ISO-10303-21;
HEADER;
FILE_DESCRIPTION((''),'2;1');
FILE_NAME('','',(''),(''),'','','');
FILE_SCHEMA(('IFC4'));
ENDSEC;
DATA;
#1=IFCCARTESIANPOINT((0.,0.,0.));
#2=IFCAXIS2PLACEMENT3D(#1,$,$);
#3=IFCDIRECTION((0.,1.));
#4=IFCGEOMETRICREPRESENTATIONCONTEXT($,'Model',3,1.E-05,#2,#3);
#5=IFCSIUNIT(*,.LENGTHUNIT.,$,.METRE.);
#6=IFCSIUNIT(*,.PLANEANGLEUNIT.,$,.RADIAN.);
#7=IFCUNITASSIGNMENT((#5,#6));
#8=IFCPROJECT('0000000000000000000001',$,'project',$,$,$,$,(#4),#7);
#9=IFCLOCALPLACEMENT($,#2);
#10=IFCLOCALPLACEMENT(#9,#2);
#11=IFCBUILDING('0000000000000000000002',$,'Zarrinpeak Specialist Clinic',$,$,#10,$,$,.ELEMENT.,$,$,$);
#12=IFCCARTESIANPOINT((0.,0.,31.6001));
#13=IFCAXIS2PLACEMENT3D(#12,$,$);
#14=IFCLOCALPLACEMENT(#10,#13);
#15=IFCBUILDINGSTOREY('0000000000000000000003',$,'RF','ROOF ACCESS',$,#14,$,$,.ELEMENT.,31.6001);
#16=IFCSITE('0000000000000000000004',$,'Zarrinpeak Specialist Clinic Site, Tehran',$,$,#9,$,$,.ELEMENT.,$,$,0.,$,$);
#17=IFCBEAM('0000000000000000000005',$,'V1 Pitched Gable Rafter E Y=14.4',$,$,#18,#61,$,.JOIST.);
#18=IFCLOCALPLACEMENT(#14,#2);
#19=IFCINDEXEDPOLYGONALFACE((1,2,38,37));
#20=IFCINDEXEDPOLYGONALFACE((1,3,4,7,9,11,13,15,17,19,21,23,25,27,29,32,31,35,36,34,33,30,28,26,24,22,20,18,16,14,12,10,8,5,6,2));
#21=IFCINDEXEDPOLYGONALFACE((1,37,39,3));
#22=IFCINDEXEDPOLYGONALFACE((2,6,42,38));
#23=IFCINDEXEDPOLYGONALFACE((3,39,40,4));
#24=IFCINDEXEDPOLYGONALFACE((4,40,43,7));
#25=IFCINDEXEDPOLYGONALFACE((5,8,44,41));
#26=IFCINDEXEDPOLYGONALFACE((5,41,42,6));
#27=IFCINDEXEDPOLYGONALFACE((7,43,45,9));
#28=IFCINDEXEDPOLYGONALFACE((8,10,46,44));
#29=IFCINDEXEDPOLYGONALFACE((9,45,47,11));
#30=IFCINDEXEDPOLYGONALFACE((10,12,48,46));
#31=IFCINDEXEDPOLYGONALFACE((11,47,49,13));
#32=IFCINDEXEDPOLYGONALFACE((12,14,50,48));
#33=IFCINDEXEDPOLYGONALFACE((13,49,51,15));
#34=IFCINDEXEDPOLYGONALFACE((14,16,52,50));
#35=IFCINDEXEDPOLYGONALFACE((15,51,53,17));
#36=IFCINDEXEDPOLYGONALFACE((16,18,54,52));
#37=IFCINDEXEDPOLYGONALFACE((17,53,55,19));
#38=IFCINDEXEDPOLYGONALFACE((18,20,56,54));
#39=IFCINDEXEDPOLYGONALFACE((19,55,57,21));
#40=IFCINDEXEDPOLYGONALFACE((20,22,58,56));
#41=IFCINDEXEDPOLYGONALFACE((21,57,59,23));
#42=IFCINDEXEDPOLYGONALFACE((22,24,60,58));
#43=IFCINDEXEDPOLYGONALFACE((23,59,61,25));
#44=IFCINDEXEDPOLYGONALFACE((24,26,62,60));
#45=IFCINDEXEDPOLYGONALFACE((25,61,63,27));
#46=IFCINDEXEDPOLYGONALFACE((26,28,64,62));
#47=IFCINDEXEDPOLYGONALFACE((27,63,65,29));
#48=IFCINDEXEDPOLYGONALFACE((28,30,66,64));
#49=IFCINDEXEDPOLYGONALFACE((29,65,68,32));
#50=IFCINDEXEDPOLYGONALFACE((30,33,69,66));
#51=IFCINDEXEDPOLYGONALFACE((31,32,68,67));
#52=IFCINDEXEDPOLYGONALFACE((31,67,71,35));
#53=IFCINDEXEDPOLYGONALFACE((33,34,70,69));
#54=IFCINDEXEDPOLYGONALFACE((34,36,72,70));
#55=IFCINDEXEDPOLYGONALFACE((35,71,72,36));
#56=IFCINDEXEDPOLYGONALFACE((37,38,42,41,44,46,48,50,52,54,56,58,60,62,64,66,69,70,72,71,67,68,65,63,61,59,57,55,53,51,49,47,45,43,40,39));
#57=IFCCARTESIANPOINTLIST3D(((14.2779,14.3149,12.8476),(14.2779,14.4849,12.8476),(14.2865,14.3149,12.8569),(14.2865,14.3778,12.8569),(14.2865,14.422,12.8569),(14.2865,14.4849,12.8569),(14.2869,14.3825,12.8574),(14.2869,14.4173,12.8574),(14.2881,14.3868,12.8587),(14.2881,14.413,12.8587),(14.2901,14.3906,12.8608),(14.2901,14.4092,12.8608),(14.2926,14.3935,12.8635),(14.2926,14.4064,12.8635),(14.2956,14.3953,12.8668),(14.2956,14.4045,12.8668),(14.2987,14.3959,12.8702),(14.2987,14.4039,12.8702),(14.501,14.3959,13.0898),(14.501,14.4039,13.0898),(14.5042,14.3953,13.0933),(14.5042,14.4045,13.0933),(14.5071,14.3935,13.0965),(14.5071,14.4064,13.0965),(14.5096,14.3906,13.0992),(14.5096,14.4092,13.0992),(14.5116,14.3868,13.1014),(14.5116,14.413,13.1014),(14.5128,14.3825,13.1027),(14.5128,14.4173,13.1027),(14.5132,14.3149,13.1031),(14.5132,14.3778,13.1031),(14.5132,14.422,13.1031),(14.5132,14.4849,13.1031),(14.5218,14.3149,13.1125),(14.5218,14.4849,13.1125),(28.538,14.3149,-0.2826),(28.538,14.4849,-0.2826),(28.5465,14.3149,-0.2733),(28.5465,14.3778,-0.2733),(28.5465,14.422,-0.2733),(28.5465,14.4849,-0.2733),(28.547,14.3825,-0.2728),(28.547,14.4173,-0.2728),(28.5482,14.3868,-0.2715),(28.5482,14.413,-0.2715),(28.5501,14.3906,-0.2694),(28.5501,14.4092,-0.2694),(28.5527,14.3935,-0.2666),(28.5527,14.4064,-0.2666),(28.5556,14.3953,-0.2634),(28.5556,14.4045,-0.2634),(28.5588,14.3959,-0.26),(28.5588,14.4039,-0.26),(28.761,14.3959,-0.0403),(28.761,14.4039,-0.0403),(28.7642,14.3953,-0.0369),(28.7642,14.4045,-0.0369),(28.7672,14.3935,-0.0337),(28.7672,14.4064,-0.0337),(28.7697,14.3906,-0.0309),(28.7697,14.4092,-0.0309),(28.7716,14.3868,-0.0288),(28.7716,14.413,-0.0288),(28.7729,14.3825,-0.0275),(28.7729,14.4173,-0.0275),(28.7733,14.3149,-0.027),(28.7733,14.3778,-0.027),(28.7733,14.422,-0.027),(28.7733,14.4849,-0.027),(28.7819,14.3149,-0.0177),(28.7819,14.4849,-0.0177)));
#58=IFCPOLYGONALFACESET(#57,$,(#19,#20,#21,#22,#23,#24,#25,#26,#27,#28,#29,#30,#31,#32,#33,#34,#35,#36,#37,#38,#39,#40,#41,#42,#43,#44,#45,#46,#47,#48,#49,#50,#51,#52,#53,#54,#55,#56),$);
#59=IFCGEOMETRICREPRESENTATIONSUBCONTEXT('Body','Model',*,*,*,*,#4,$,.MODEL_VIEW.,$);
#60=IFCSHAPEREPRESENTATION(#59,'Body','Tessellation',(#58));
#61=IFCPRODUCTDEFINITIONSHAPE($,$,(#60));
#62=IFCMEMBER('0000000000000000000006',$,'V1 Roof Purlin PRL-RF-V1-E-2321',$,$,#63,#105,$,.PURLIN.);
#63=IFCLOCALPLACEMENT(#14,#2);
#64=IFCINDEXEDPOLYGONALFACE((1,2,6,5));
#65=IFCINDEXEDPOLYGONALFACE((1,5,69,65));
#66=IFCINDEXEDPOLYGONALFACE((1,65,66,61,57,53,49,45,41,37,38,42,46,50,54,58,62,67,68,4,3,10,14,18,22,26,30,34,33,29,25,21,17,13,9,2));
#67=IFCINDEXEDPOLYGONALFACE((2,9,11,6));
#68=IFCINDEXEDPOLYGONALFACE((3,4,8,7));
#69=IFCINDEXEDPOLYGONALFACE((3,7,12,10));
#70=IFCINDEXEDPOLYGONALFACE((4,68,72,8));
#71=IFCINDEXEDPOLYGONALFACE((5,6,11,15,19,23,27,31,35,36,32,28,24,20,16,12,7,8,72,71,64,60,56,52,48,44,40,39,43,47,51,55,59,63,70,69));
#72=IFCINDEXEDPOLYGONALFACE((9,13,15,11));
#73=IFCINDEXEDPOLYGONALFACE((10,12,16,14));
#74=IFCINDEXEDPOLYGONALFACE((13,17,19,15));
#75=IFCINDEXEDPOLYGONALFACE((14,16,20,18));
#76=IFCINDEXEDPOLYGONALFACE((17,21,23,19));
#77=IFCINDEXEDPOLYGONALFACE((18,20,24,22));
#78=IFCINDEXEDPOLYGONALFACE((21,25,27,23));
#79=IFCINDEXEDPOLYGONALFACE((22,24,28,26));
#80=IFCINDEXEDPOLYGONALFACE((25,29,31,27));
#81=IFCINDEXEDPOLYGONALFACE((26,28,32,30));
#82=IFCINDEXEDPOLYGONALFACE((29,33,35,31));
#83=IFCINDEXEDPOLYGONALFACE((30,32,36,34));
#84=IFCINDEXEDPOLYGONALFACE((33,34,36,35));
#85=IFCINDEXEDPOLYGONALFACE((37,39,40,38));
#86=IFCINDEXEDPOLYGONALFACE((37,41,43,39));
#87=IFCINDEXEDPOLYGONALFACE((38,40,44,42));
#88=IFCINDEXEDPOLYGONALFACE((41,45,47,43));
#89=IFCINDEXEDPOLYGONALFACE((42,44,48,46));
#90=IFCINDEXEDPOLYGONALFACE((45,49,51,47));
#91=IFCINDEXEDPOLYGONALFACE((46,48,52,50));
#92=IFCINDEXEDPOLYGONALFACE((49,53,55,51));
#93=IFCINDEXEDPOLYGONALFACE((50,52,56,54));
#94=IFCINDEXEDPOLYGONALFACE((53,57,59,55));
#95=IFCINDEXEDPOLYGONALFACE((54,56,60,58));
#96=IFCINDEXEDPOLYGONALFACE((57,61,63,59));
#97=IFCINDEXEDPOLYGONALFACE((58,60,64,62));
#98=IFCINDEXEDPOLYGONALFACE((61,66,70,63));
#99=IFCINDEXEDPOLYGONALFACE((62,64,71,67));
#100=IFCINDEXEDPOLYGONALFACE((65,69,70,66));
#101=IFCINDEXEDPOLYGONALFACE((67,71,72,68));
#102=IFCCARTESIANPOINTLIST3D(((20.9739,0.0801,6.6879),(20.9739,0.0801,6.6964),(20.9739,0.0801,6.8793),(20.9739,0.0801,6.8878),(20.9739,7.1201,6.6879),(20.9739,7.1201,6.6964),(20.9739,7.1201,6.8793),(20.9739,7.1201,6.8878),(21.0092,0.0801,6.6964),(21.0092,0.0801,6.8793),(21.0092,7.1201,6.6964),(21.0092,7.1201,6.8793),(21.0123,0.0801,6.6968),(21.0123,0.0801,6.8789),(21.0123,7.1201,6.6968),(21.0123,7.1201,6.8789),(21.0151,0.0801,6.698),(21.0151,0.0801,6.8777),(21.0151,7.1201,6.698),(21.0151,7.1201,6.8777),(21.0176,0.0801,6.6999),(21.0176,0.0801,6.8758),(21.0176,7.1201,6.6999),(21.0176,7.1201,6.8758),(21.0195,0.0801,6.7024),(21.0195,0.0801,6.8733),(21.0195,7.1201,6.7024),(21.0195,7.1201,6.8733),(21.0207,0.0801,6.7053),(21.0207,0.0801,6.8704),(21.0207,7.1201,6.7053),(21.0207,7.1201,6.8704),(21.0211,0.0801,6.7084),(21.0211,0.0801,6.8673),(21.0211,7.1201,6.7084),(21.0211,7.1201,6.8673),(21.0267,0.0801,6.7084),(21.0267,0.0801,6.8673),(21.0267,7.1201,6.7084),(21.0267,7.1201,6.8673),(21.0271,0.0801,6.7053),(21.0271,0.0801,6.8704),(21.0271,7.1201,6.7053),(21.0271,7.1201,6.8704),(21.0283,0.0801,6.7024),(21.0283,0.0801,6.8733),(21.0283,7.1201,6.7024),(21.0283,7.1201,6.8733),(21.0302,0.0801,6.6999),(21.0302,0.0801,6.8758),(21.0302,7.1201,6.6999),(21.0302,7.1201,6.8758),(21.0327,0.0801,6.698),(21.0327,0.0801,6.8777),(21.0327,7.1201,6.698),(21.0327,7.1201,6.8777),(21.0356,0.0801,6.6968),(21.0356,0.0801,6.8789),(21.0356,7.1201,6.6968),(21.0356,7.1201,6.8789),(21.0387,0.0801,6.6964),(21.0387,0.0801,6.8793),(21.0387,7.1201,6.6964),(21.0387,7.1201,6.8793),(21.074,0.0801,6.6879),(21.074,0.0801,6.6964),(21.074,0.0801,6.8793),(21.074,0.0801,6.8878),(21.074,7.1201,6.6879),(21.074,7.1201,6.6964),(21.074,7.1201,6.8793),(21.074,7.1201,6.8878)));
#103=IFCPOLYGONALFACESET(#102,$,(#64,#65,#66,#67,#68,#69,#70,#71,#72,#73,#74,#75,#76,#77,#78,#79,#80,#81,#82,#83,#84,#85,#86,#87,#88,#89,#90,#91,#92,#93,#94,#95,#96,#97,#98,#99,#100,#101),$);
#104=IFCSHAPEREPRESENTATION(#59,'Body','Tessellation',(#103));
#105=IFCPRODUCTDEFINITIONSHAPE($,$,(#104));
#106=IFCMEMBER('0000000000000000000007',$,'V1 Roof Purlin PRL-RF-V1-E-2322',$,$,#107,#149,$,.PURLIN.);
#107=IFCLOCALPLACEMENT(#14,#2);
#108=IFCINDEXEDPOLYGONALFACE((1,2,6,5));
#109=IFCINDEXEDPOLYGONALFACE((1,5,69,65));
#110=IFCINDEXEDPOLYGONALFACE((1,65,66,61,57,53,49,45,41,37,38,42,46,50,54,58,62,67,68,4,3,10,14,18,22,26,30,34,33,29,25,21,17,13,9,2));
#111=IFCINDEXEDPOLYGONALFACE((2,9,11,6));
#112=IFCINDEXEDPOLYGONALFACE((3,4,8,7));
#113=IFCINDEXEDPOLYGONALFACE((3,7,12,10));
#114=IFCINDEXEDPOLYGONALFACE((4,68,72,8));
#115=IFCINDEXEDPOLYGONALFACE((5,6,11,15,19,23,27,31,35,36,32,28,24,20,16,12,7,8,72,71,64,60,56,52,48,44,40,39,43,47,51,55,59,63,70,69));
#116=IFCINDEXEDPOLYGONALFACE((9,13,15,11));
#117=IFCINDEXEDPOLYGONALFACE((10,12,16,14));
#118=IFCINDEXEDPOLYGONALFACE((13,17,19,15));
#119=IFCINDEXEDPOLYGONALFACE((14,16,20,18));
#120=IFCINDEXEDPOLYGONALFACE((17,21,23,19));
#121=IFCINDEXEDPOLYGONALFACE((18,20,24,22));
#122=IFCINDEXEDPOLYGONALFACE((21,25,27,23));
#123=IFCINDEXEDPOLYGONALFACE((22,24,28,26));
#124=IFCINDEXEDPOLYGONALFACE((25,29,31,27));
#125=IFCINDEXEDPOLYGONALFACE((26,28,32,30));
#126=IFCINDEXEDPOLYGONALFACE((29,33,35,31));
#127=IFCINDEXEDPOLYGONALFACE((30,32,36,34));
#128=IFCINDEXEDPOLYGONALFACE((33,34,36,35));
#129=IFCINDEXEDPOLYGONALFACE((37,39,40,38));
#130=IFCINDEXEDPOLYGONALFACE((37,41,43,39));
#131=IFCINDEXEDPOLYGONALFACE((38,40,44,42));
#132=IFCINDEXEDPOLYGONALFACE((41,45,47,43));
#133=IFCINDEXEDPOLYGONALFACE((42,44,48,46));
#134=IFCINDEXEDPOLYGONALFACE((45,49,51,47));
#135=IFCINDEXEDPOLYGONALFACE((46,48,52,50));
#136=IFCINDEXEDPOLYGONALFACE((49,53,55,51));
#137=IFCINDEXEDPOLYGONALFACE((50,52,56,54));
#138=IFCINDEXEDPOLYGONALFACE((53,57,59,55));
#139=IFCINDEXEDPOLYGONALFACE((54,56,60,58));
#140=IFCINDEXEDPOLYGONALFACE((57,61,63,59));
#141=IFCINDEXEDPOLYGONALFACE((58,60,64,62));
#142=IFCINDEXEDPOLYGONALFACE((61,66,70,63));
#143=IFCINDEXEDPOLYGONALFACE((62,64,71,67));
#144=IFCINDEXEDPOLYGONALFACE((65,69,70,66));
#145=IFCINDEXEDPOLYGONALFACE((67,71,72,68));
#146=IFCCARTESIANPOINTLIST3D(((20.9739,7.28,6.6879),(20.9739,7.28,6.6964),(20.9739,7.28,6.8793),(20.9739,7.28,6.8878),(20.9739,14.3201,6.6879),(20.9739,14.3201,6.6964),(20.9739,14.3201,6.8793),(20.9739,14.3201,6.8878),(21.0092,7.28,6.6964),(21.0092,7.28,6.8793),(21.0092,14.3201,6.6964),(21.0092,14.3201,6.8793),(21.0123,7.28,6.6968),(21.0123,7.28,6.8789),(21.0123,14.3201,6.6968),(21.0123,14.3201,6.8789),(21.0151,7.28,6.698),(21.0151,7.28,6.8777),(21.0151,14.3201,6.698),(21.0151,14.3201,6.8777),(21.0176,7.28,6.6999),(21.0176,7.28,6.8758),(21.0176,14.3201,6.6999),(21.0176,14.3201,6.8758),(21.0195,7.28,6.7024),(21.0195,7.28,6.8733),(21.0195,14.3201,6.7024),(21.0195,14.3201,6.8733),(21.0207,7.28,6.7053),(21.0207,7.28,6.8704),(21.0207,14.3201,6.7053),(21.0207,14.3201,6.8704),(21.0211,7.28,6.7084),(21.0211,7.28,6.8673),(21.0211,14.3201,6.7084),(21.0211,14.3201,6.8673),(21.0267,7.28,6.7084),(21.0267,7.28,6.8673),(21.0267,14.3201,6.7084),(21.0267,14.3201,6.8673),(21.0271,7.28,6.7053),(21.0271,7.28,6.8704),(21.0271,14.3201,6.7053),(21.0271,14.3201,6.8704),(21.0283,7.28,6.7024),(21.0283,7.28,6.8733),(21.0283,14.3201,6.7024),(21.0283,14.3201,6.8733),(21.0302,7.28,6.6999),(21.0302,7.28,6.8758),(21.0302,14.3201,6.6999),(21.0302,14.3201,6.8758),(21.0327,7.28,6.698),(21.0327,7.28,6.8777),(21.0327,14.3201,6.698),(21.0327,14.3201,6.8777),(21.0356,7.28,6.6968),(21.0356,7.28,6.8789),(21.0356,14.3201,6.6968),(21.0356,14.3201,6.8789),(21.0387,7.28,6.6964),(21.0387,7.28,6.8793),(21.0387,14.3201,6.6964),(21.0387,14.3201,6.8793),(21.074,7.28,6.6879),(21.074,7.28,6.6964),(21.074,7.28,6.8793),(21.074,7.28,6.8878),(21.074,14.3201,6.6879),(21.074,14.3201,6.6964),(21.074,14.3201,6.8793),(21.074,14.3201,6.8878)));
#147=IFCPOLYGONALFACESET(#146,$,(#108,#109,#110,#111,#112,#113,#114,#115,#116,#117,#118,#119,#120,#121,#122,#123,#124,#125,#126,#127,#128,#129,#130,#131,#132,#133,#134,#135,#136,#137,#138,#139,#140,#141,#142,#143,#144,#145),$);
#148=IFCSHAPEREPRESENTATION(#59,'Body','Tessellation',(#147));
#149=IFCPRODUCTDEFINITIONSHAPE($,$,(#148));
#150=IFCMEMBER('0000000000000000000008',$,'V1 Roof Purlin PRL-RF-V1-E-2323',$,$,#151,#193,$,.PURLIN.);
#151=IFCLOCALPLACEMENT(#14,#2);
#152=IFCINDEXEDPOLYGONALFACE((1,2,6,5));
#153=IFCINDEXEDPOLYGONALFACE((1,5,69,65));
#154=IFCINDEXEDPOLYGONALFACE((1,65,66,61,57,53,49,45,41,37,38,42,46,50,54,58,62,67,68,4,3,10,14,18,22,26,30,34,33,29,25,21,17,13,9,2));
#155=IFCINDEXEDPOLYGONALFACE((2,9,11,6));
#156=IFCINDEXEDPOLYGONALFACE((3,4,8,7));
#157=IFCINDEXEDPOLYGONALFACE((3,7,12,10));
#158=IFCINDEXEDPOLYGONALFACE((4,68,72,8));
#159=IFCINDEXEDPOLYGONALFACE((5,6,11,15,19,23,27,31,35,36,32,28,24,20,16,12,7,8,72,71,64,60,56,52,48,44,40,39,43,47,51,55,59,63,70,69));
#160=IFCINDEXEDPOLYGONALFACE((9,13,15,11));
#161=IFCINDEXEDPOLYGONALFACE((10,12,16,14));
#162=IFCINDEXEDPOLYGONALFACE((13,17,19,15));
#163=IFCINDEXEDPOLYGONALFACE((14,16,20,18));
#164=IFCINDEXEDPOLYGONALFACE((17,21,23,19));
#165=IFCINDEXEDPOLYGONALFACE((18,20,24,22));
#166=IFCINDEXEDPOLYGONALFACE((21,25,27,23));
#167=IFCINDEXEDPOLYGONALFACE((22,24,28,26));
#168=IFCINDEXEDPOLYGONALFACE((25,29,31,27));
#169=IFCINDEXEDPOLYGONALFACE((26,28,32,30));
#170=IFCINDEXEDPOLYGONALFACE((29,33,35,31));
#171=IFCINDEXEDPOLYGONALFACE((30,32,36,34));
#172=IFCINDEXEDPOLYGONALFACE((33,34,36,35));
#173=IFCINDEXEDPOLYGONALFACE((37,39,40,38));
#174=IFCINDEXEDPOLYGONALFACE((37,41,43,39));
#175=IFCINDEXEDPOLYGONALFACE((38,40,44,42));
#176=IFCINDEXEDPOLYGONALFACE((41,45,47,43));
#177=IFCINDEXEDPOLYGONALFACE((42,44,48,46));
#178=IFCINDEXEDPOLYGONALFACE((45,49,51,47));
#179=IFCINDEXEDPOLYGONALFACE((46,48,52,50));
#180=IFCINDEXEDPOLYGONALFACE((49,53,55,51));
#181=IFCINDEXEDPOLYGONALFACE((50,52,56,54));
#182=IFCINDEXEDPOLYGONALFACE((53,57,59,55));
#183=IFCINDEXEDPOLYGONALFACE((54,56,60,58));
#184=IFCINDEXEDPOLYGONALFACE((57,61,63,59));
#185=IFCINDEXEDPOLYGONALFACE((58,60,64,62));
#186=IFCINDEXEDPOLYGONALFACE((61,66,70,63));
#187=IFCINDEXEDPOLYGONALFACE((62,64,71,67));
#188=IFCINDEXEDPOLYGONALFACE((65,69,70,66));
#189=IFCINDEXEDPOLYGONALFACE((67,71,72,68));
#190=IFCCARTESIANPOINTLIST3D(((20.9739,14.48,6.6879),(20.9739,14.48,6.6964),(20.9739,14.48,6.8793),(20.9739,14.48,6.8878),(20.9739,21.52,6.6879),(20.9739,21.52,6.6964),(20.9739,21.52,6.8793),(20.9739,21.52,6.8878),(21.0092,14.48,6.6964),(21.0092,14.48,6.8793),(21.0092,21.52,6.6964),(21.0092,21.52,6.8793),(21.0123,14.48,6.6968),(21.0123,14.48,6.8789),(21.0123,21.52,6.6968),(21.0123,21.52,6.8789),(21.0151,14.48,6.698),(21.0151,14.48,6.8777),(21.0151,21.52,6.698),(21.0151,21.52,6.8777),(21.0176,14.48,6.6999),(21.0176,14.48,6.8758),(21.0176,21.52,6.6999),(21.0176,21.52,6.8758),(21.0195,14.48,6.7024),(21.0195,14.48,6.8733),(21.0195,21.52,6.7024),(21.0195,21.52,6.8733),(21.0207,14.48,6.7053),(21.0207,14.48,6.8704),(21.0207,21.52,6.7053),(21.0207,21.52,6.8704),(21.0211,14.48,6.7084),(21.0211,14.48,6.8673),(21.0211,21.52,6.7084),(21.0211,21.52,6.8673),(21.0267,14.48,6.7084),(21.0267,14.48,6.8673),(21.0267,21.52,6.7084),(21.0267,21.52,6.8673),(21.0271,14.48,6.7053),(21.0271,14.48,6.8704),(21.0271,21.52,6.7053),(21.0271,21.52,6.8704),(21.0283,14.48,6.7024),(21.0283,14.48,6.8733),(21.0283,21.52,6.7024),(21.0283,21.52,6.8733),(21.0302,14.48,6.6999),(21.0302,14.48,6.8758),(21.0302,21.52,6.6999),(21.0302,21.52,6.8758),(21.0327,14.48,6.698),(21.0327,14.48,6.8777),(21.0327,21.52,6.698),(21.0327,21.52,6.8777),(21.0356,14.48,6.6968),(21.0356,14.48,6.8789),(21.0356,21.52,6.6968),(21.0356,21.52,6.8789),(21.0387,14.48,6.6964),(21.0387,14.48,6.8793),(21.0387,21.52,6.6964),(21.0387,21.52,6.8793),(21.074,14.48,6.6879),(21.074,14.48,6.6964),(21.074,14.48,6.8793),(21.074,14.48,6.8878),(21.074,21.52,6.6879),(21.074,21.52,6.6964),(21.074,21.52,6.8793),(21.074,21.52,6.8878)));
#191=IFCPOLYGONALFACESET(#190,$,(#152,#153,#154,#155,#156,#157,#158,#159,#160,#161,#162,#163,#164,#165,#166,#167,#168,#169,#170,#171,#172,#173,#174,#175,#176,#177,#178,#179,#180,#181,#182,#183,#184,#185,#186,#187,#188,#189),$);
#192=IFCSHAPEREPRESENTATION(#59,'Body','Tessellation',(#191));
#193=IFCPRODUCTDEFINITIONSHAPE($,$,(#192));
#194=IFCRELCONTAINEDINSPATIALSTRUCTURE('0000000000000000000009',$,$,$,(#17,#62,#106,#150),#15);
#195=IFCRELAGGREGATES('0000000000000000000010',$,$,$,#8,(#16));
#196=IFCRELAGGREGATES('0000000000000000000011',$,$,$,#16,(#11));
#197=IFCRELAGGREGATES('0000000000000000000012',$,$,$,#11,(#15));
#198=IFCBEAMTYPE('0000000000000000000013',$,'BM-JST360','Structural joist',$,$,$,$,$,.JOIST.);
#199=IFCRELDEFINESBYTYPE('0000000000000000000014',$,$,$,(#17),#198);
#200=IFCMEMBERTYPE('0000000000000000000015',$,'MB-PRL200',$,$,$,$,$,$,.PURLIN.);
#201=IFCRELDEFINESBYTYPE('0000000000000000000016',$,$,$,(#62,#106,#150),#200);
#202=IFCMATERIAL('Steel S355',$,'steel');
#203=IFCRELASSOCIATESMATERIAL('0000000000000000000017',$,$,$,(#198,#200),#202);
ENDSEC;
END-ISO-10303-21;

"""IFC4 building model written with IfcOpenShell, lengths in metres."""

from ifc_helpers import new_model, si_unit, direction, frame, origin, origin_2d, place, context, subcontext, project, spatial, i_section, extrude, material, material_profile, profile_set, type_object, element, save


model = new_model("IFC4")

# Units and contexts
model_context = context("Model", 3, precision=1e-05, world=origin(), true_north=direction((0.0, 1.0)))
body_context = subcontext(model_context, "Body", "Model", "MODEL_VIEW")
ifc_project = project(units=[si_unit("LENGTHUNIT", "METRE"), si_unit("PLANEANGLEUNIT", "RADIAN")], contexts=[model_context])

# Site, building, storey
site_placement = place(None, origin())
site = spatial("IfcSite", under=ifc_project, at=site_placement, Name="Zarrinpeak Specialist Clinic Site, Tehran", CompositionType="ELEMENT", RefElevation=0.0)
building_placement = place(site_placement, origin())
building = spatial("IfcBuilding", under=site, at=building_placement, Name="Zarrinpeak Specialist Clinic", CompositionType="ELEMENT")
storey_placement = place(building_placement, frame((0.0, 0.0, 31.6001)))
storey = spatial("IfcBuildingStorey", under=building, at=storey_placement, Name="RF", Description="ROOF ACCESS", CompositionType="ELEMENT", Elevation=31.6001)

# Beam
ifc_material = material(Name="Steel S355", Category="steel")
ifc_material_profile_1 = material_profile(ifc_material, i_section(OverallWidth=0.1699, OverallDepth=0.3601, WebThickness=0.0081, FlangeThickness=0.0127, FilletRadius=0.0181, at=origin_2d()), Name="IPE 360")
ifc_profile_set_1 = profile_set([ifc_material_profile_1], Name="Steel S355")
beam_type_1 = type_object("IfcBeamType", Name="BM-JST360", Description="Structural joist", PredefinedType="JOIST", material=ifc_profile_set_1)
for number, where, z_axis, x_axis, name in (
    (1, (28.6599, 14.3999, -0.1501), (-0.73565, 0.0, 0.677362), (0.0, -1.0, 0.0), "V1 Pitched Gable Rafter E Y=14.4"),
):
    element("IfcBeam", number, at=place(storey_placement, frame(where, z_axis=z_axis, x_axis=x_axis)), inside=storey, type_object=beam_type_1, Name=name, PredefinedType="JOIST", context=body_context, shape_type="SweptSolid", body=[
        extrude(i_section(OverallWidth=0.1699, OverallDepth=0.3601, WebThickness=0.0081, FlangeThickness=0.0127, FilletRadius=0.0181, at=origin_2d()), origin(), (0.0, 0.0, 1.0), 19.3843),
    ])

# Members
ifc_material_profile_2 = material_profile(ifc_material, i_section(OverallWidth=0.1001, OverallDepth=0.2, WebThickness=0.0056, FlangeThickness=0.0085, FilletRadius=0.012, at=origin_2d()), Name="IPE 200")
ifc_profile_set_2 = profile_set([ifc_material_profile_2], Name="Steel S355")
member_type_1 = type_object("IfcMemberType", Name="MB-PRL200", PredefinedType="PURLIN", material=ifc_profile_set_2)
for number, where, z_axis, x_axis, name in (
    (2, (21.0239, 0.0801, 6.7878), (0.0, 1.0, 0.0), (-1.0, 0.0, 0.0), "V1 Roof Purlin PRL-RF-V1-E-2321"),
    (3, (21.0239, 7.28, 6.7878), (0.0, 1.0, 0.0), (-1.0, 0.0, 0.0), "V1 Roof Purlin PRL-RF-V1-E-2322"),
    (4, (21.0239, 14.48, 6.7878), (0.0, 1.0, 0.0), (-1.0, 0.0, 0.0), "V1 Roof Purlin PRL-RF-V1-E-2323"),
):
    element("IfcMember", number, at=place(storey_placement, frame(where, z_axis=z_axis, x_axis=x_axis)), inside=storey, type_object=member_type_1, Name=name, PredefinedType="PURLIN", context=body_context, shape_type="SweptSolid", body=[
        extrude(i_section(OverallWidth=0.1001, OverallDepth=0.2, WebThickness=0.0056, FlangeThickness=0.0085, FilletRadius=0.012, at=origin_2d()), origin(), (0.0, 0.0, 1.0), 7.04),
    ])

save(model, "model.ifc")
